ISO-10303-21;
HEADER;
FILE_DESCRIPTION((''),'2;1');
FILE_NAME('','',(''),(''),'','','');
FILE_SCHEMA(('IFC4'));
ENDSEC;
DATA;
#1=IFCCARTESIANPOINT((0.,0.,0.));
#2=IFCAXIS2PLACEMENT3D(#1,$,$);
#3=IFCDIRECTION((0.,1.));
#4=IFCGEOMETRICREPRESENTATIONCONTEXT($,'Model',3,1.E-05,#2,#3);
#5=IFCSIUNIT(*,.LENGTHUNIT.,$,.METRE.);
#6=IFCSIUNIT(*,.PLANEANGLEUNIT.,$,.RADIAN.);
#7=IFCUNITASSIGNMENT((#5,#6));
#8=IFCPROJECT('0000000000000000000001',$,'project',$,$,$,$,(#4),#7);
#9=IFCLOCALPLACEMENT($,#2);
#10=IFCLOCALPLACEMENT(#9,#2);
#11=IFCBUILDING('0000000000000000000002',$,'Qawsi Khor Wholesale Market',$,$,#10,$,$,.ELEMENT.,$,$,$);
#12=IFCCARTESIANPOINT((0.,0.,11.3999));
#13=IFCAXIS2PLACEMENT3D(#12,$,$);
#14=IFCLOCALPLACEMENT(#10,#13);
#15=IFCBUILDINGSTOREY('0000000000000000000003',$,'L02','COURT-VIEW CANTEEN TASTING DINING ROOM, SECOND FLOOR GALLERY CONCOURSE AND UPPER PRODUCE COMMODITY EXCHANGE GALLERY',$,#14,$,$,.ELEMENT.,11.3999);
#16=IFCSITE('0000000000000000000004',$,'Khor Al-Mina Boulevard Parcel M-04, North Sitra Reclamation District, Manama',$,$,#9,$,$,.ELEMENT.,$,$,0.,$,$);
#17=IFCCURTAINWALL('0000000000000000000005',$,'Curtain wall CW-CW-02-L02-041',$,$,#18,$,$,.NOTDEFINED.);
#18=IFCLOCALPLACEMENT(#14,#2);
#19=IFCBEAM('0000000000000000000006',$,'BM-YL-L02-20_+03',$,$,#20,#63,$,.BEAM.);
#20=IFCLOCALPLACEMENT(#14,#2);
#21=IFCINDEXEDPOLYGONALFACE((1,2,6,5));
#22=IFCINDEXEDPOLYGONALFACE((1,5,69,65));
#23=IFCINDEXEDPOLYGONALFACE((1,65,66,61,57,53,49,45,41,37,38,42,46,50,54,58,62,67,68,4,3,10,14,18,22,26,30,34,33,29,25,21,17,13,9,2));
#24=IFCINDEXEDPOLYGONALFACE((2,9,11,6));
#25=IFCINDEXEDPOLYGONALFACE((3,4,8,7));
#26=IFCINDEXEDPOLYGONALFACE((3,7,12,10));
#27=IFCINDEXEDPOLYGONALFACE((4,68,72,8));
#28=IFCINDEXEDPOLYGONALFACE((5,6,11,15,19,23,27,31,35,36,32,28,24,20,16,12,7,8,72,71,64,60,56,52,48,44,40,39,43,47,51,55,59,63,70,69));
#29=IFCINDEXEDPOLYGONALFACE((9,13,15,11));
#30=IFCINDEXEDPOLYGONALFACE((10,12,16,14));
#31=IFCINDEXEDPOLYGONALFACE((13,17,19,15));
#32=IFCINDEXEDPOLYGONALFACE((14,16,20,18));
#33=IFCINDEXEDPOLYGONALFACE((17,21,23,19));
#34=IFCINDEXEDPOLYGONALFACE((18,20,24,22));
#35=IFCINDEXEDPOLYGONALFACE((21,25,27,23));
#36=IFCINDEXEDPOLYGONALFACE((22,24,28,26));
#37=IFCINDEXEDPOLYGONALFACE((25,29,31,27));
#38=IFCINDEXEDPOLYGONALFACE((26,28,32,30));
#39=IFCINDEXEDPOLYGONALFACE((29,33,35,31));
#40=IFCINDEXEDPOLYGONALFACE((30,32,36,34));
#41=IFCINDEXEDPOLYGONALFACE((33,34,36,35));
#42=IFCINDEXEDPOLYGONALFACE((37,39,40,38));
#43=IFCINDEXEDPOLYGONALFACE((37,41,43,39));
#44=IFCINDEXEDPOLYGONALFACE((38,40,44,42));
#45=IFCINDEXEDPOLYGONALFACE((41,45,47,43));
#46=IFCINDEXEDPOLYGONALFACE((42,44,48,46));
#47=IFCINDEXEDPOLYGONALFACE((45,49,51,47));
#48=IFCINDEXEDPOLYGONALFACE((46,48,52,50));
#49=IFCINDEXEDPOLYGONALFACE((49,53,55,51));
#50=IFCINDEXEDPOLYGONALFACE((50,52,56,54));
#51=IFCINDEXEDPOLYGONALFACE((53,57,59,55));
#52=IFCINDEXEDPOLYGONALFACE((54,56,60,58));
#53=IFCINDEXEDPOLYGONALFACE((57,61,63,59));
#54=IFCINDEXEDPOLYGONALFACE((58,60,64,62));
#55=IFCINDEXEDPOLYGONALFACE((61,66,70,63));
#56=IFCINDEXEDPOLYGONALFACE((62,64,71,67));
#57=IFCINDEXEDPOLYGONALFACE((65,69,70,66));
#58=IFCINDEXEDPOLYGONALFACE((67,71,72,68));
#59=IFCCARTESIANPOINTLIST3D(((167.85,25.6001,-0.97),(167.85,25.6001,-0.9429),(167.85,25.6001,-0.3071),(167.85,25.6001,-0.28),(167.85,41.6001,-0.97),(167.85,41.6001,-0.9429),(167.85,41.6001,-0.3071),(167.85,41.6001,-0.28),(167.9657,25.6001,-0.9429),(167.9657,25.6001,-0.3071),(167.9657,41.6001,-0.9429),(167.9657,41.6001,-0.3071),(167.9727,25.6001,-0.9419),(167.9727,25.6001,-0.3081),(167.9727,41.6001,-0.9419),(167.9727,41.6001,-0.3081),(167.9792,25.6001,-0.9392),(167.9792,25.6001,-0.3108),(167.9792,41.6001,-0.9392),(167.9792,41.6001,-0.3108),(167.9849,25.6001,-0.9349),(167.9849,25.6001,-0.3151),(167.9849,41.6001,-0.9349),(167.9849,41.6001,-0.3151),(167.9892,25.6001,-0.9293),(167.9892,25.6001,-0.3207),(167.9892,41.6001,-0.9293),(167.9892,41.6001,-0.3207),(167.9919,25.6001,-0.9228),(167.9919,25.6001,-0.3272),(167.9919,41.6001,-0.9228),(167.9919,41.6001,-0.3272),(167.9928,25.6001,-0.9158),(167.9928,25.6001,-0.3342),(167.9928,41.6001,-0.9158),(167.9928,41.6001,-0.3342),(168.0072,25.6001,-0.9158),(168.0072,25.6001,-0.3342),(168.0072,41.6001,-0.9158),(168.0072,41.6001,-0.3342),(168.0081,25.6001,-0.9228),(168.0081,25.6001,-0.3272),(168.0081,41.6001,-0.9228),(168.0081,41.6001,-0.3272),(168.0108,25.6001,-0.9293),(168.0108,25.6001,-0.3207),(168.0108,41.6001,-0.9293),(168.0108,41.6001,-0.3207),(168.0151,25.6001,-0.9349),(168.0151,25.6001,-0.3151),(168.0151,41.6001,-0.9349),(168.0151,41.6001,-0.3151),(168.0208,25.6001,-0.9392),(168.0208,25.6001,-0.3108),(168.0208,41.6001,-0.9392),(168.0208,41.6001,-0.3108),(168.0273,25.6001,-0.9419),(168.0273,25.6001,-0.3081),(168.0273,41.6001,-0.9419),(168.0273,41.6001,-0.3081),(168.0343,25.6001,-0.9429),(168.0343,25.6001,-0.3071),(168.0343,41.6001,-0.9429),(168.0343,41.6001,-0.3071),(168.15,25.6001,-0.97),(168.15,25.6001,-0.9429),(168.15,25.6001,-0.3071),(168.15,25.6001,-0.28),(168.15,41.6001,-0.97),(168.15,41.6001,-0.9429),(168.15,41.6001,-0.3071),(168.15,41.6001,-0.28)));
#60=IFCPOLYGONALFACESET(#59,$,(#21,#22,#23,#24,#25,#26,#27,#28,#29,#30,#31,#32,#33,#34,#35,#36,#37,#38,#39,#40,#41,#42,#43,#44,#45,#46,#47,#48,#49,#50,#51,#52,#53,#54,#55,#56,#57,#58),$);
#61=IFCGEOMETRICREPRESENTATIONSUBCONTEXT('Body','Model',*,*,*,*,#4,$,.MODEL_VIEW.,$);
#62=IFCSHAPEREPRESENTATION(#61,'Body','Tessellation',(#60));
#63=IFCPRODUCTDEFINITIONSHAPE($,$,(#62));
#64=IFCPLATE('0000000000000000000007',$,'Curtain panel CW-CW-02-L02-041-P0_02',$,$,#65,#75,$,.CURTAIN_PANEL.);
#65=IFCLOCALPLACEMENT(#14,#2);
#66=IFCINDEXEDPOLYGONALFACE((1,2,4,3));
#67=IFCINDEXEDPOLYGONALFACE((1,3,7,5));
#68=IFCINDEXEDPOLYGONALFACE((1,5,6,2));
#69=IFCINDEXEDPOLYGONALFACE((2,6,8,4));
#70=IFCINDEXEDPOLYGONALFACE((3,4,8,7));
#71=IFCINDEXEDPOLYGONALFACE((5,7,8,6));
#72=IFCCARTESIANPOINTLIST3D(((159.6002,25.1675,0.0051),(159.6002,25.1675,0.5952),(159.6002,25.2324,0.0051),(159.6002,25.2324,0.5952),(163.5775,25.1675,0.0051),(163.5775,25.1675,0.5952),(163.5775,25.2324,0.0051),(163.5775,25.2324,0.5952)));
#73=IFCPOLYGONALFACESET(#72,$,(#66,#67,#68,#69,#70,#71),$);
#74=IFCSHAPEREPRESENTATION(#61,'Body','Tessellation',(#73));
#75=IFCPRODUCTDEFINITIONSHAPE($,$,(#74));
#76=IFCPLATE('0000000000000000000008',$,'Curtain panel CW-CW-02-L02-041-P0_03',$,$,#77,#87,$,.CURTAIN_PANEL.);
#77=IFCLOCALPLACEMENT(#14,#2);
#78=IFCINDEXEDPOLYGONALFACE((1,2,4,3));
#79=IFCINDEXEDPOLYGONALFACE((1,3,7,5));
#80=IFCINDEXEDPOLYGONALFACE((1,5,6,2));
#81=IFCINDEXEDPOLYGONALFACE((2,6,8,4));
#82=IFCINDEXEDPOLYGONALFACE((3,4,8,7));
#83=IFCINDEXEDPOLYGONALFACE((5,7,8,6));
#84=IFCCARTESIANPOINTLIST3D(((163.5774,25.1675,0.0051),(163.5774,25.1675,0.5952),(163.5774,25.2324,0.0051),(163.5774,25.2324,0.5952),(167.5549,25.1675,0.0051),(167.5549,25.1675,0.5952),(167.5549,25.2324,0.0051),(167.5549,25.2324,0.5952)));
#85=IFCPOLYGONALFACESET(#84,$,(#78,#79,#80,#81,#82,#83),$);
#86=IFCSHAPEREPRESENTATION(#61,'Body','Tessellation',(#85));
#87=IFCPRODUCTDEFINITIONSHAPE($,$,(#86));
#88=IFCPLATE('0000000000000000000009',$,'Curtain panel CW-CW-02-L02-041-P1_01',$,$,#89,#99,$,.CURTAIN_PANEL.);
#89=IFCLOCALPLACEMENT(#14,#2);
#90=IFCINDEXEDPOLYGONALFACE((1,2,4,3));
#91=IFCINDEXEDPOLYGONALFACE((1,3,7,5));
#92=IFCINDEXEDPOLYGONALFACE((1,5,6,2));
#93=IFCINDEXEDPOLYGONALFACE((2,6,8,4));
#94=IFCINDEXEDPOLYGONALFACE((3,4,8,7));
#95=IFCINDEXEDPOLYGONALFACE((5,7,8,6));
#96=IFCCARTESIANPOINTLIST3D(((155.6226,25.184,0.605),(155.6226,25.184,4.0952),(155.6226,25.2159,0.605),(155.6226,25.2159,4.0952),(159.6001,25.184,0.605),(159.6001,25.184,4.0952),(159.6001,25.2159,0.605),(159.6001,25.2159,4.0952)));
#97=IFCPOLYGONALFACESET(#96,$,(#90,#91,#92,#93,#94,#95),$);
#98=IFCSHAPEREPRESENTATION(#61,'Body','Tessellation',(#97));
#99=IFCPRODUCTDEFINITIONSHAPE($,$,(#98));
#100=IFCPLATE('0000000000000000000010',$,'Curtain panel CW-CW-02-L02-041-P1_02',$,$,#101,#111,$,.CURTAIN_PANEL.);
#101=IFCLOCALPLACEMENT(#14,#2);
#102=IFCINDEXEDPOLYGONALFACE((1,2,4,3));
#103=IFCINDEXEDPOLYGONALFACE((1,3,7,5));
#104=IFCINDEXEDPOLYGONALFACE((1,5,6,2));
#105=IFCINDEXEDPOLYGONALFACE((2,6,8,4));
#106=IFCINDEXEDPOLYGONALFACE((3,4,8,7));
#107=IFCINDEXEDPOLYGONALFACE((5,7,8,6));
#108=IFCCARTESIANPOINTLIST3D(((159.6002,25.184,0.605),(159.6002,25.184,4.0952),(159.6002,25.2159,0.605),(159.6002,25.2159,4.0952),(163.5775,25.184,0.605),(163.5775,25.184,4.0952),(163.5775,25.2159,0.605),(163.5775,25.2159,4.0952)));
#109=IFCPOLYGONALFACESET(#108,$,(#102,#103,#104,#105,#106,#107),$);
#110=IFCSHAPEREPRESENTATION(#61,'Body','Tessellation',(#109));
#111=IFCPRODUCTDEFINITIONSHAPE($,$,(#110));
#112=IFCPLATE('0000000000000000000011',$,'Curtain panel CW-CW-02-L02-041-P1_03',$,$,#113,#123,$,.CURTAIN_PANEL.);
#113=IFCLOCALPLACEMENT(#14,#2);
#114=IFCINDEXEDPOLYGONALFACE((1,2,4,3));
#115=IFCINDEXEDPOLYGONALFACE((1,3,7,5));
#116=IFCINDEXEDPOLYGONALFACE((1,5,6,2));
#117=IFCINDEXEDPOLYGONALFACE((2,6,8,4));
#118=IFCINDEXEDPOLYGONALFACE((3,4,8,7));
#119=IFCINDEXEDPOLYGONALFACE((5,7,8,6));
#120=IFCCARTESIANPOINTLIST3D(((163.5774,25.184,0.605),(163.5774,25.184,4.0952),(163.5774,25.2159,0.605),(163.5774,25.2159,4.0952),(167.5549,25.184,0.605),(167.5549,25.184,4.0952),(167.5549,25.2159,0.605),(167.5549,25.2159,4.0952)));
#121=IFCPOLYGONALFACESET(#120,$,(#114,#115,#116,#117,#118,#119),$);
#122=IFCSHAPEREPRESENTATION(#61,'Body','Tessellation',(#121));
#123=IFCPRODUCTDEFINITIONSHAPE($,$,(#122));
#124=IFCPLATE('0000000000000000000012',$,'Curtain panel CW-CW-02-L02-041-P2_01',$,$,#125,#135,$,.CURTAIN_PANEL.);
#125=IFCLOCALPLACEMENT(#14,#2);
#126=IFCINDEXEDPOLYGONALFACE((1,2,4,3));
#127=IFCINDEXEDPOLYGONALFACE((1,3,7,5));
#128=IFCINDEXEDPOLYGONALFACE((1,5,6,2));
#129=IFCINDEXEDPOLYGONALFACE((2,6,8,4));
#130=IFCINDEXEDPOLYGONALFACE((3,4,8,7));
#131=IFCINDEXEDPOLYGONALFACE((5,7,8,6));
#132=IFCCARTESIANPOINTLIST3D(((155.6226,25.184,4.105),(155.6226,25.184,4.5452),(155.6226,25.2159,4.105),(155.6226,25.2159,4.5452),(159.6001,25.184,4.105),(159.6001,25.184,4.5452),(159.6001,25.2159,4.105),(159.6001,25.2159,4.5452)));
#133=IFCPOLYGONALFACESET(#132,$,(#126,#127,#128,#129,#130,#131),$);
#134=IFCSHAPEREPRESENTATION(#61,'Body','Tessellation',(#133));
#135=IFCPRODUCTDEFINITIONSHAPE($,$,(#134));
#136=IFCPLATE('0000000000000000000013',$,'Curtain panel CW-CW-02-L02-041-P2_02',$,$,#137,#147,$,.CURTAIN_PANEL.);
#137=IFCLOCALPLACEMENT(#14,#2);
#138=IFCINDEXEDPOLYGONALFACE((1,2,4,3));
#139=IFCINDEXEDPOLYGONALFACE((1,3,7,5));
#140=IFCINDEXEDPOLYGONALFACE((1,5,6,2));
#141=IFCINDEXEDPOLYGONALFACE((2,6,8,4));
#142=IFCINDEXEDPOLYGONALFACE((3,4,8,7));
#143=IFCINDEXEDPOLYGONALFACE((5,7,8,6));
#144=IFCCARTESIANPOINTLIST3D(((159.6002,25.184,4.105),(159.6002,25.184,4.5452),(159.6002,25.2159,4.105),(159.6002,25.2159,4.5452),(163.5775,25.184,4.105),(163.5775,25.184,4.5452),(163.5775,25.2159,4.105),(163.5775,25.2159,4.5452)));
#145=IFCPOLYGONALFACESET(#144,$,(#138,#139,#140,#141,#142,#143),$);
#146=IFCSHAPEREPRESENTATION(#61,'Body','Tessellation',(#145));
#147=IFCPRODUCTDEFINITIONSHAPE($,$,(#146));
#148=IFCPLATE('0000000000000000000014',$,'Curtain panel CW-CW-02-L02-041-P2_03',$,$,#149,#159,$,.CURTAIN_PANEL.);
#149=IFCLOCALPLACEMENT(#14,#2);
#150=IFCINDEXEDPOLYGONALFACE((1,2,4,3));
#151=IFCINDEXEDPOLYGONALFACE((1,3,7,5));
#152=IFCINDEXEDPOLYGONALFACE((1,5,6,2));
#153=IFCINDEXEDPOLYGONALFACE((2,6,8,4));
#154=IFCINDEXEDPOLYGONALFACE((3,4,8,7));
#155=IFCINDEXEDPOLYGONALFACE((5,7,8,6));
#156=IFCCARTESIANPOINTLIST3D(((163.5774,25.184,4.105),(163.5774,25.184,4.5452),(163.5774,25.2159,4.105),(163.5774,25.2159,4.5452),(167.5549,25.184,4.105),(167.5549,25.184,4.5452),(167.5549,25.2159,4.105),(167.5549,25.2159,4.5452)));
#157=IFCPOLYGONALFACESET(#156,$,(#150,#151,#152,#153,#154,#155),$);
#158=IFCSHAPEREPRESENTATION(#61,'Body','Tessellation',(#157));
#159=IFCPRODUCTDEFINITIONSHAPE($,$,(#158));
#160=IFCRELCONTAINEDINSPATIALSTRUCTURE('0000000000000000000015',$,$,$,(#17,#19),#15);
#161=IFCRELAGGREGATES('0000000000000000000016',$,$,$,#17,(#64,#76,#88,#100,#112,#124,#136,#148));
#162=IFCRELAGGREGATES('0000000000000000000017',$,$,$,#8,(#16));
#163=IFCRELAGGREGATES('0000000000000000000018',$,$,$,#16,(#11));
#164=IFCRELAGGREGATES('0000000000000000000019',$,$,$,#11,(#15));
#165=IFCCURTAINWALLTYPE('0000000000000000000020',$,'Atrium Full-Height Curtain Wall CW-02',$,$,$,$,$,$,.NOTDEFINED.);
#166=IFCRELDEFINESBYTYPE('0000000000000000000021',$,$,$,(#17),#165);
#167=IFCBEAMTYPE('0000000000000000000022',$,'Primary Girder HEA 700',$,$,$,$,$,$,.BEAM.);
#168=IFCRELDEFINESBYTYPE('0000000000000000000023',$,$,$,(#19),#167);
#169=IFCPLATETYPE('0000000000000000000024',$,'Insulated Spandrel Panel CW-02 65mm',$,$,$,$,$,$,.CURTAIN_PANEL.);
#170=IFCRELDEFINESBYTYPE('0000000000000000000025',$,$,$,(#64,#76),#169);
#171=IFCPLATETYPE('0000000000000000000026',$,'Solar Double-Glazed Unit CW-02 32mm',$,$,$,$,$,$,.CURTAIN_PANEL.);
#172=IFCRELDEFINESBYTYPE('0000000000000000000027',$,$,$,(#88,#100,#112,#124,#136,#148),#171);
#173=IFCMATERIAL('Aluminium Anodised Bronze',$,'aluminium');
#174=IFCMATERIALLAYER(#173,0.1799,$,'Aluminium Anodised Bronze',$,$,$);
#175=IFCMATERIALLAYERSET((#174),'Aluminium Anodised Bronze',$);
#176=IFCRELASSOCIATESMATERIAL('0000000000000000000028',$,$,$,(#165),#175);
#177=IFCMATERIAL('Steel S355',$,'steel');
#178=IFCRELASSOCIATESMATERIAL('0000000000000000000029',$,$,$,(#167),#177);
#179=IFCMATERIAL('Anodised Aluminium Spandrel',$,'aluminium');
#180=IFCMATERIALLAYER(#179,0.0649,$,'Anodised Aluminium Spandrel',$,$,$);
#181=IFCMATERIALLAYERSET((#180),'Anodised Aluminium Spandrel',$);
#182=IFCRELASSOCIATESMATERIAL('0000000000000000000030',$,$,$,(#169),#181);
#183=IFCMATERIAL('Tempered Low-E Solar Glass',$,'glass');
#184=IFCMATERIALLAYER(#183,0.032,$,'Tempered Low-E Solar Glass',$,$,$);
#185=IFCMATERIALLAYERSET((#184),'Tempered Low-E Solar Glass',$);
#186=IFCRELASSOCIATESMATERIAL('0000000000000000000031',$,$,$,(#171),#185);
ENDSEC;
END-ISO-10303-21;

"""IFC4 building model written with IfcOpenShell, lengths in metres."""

from ifc_helpers import new_model, si_unit, direction, frame, frame_2d, origin, origin_2d, place, context, subcontext, project, spatial, rectangle, i_section, extrude, material, layer, layer_set, material_profile, profile_set, type_object, element, aggregate, save


model = new_model("IFC4")

# Units and contexts
model_context = context("Model", 3, precision=1e-05, world=origin(), true_north=direction((0.0, 1.0)))
body_context = subcontext(model_context, "Body", "Model", "MODEL_VIEW")
ifc_project = project(units=[si_unit("LENGTHUNIT", "METRE"), si_unit("PLANEANGLEUNIT", "RADIAN")], contexts=[model_context])

# Site, building, storey
site_placement = place(None, origin())
site = spatial("IfcSite", under=ifc_project, at=site_placement, Name="Khor Al-Mina Boulevard Parcel M-04, North Sitra Reclamation District, Manama", CompositionType="ELEMENT", RefElevation=0.0)
building_placement = place(site_placement, origin())
building = spatial("IfcBuilding", under=site, at=building_placement, Name="Qawsi Khor Wholesale Market", CompositionType="ELEMENT")
storey_placement = place(building_placement, frame((0.0, 0.0, 11.3999)))
storey = spatial("IfcBuildingStorey", under=building, at=storey_placement, Name="L02", Description="COURT-VIEW CANTEEN TASTING DINING ROOM, SECOND FLOOR GALLERY CONCOURSE AND UPPER PRODUCE COMMODITY EXCHANGE GALLERY", CompositionType="ELEMENT", Elevation=11.3999)

# Curtain wall
ifc_material_1 = material(Name="Aluminium Anodised Bronze", Category="aluminium")
ifc_layer_1 = layer(ifc_material_1, 0.1799, Name="Aluminium Anodised Bronze")
ifc_layer_set_1 = layer_set([ifc_layer_1], Name="Aluminium Anodised Bronze")
curtain_wall_type = type_object("IfcCurtainWallType", Name="Atrium Full-Height Curtain Wall CW-02", PredefinedType="NOTDEFINED", material=ifc_layer_set_1)
curtain_wall_1_placement = place(storey_placement, origin())
curtain_wall_1 = element("IfcCurtainWall", 1, at=curtain_wall_1_placement, inside=storey, type_object=curtain_wall_type, Name="Curtain wall CW-CW-02-L02-041", PredefinedType="NOTDEFINED")

# Beam
ifc_material_2 = material(Name="Steel S355", Category="steel")
ifc_material_profile_1 = material_profile(ifc_material_2, i_section(OverallWidth=0.3, OverallDepth=0.6899, WebThickness=0.0144, FlangeThickness=0.0271, FilletRadius=0.0271, at=origin_2d()), Name="HEA 700")
ifc_profile_set_1 = profile_set([ifc_material_profile_1], Name="Steel S355")
beam_type = type_object("IfcBeamType", Name="Primary Girder HEA 700", PredefinedType="BEAM", material=ifc_profile_set_1)
beam_placement = place(storey_placement, frame((168.0, 25.6001, -0.625), z_axis=(0.0, 1.0, 0.0), x_axis=(-1.0, 0.0, 0.0)))
element("IfcBeam", 2, at=beam_placement, inside=storey, type_object=beam_type, Name="BM-YL-L02-20_+03", PredefinedType="BEAM", context=body_context, shape_type="SweptSolid", body=[
    extrude(i_section(OverallWidth=0.3, OverallDepth=0.6899, WebThickness=0.0144, FlangeThickness=0.0271, FilletRadius=0.0271, at=origin_2d()), origin(), (0.0, 0.0, 1.0), 16.0),
])

# Plates
ifc_material_3 = material(Name="Anodised Aluminium Spandrel", Category="aluminium")
ifc_layer_2 = layer(ifc_material_3, 0.0649, Name="Anodised Aluminium Spandrel")
ifc_layer_set_2 = layer_set([ifc_layer_2], Name="Anodised Aluminium Spandrel")
plate_type_1 = type_object("IfcPlateType", Name="Insulated Spandrel Panel CW-02 65mm", PredefinedType="CURTAIN_PANEL", material=ifc_layer_set_2)
plate_1_placement = place(storey_placement, frame((159.6001, 25.2, 0.0051), z_axis=(0.0, 0.0, 1.0), x_axis=(1.0, 0.0, 0.0)))
plate_1 = element("IfcPlate", 3, at=plate_1_placement, type_object=plate_type_1, Name="Curtain panel CW-CW-02-L02-041-P0_02", PredefinedType="CURTAIN_PANEL", context=body_context, shape_type="SweptSolid", body=[
    extrude(rectangle(XDim=3.9773, YDim=0.0649, at=frame_2d((1.9888, 0.0))), origin(), (0.0, 0.0, 1.0), 0.5901),
])
plate_2_placement = place(storey_placement, frame((163.5774, 25.2, 0.0051), z_axis=(0.0, 0.0, 1.0), x_axis=(1.0, 0.0, 0.0)))
plate_2 = element("IfcPlate", 4, at=plate_2_placement, type_object=plate_type_1, Name="Curtain panel CW-CW-02-L02-041-P0_03", PredefinedType="CURTAIN_PANEL", context=body_context, shape_type="SweptSolid", body=[
    extrude(rectangle(XDim=3.9775, YDim=0.0649, at=frame_2d((1.9888, 0.0))), origin(), (0.0, 0.0, 1.0), 0.5901),
])
ifc_material_4 = material(Name="Tempered Low-E Solar Glass", Category="glass")
ifc_layer_3 = layer(ifc_material_4, 0.032, Name="Tempered Low-E Solar Glass")
ifc_layer_set_3 = layer_set([ifc_layer_3], Name="Tempered Low-E Solar Glass")
plate_type_2 = type_object("IfcPlateType", Name="Solar Double-Glazed Unit CW-02 32mm", PredefinedType="CURTAIN_PANEL", material=ifc_layer_set_3)
plate_3_placement = place(storey_placement, frame((155.6226, 25.2, 0.605), z_axis=(0.0, 0.0, 1.0), x_axis=(1.0, 0.0, 0.0)))
plate_3 = element("IfcPlate", 5, at=plate_3_placement, type_object=plate_type_2, Name="Curtain panel CW-CW-02-L02-041-P1_01", PredefinedType="CURTAIN_PANEL", context=body_context, shape_type="SweptSolid", body=[
    extrude(rectangle(XDim=3.9775, YDim=0.032, at=frame_2d((1.9888, 0.0))), origin(), (0.0, 0.0, 1.0), 3.4902),
])
plate_4_placement = place(storey_placement, frame((159.6001, 25.2, 0.605), z_axis=(0.0, 0.0, 1.0), x_axis=(1.0, 0.0, 0.0)))
plate_4 = element("IfcPlate", 6, at=plate_4_placement, type_object=plate_type_2, Name="Curtain panel CW-CW-02-L02-041-P1_02", PredefinedType="CURTAIN_PANEL", context=body_context, shape_type="SweptSolid", body=[
    extrude(rectangle(XDim=3.9773, YDim=0.032, at=frame_2d((1.9888, 0.0))), origin(), (0.0, 0.0, 1.0), 3.4902),
])
plate_5_placement = place(storey_placement, frame((163.5774, 25.2, 0.605), z_axis=(0.0, 0.0, 1.0), x_axis=(1.0, 0.0, 0.0)))
plate_5 = element("IfcPlate", 7, at=plate_5_placement, type_object=plate_type_2, Name="Curtain panel CW-CW-02-L02-041-P1_03", PredefinedType="CURTAIN_PANEL", context=body_context, shape_type="SweptSolid", body=[
    extrude(rectangle(XDim=3.9775, YDim=0.032, at=frame_2d((1.9888, 0.0))), origin(), (0.0, 0.0, 1.0), 3.4902),
])
plate_6_placement = place(storey_placement, frame((155.6226, 25.2, 4.105), z_axis=(0.0, 0.0, 1.0), x_axis=(1.0, 0.0, 0.0)))
plate_6 = element("IfcPlate", 8, at=plate_6_placement, type_object=plate_type_2, Name="Curtain panel CW-CW-02-L02-041-P2_01", PredefinedType="CURTAIN_PANEL", context=body_context, shape_type="SweptSolid", body=[
    extrude(rectangle(XDim=3.9775, YDim=0.032, at=frame_2d((1.9888, 0.0))), origin(), (0.0, 0.0, 1.0), 0.4402),
])
plate_7_placement = place(storey_placement, frame((159.6001, 25.2, 4.105), z_axis=(0.0, 0.0, 1.0), x_axis=(1.0, 0.0, 0.0)))
plate_7 = element("IfcPlate", 9, at=plate_7_placement, type_object=plate_type_2, Name="Curtain panel CW-CW-02-L02-041-P2_02", PredefinedType="CURTAIN_PANEL", context=body_context, shape_type="SweptSolid", body=[
    extrude(rectangle(XDim=3.9773, YDim=0.032, at=frame_2d((1.9888, 0.0))), origin(), (0.0, 0.0, 1.0), 0.4402),
])
plate_8_placement = place(storey_placement, frame((163.5774, 25.2, 4.105), z_axis=(0.0, 0.0, 1.0), x_axis=(1.0, 0.0, 0.0)))
plate_8 = element("IfcPlate", 10, at=plate_8_placement, type_object=plate_type_2, Name="Curtain panel CW-CW-02-L02-041-P2_03", PredefinedType="CURTAIN_PANEL", context=body_context, shape_type="SweptSolid", body=[
    extrude(rectangle(XDim=3.9775, YDim=0.032, at=frame_2d((1.9888, 0.0))), origin(), (0.0, 0.0, 1.0), 0.4402),
])
aggregate(curtain_wall_1, [plate_1, plate_2, plate_3, plate_4, plate_5, plate_6, plate_7, plate_8])

save(model, "model.ifc")
